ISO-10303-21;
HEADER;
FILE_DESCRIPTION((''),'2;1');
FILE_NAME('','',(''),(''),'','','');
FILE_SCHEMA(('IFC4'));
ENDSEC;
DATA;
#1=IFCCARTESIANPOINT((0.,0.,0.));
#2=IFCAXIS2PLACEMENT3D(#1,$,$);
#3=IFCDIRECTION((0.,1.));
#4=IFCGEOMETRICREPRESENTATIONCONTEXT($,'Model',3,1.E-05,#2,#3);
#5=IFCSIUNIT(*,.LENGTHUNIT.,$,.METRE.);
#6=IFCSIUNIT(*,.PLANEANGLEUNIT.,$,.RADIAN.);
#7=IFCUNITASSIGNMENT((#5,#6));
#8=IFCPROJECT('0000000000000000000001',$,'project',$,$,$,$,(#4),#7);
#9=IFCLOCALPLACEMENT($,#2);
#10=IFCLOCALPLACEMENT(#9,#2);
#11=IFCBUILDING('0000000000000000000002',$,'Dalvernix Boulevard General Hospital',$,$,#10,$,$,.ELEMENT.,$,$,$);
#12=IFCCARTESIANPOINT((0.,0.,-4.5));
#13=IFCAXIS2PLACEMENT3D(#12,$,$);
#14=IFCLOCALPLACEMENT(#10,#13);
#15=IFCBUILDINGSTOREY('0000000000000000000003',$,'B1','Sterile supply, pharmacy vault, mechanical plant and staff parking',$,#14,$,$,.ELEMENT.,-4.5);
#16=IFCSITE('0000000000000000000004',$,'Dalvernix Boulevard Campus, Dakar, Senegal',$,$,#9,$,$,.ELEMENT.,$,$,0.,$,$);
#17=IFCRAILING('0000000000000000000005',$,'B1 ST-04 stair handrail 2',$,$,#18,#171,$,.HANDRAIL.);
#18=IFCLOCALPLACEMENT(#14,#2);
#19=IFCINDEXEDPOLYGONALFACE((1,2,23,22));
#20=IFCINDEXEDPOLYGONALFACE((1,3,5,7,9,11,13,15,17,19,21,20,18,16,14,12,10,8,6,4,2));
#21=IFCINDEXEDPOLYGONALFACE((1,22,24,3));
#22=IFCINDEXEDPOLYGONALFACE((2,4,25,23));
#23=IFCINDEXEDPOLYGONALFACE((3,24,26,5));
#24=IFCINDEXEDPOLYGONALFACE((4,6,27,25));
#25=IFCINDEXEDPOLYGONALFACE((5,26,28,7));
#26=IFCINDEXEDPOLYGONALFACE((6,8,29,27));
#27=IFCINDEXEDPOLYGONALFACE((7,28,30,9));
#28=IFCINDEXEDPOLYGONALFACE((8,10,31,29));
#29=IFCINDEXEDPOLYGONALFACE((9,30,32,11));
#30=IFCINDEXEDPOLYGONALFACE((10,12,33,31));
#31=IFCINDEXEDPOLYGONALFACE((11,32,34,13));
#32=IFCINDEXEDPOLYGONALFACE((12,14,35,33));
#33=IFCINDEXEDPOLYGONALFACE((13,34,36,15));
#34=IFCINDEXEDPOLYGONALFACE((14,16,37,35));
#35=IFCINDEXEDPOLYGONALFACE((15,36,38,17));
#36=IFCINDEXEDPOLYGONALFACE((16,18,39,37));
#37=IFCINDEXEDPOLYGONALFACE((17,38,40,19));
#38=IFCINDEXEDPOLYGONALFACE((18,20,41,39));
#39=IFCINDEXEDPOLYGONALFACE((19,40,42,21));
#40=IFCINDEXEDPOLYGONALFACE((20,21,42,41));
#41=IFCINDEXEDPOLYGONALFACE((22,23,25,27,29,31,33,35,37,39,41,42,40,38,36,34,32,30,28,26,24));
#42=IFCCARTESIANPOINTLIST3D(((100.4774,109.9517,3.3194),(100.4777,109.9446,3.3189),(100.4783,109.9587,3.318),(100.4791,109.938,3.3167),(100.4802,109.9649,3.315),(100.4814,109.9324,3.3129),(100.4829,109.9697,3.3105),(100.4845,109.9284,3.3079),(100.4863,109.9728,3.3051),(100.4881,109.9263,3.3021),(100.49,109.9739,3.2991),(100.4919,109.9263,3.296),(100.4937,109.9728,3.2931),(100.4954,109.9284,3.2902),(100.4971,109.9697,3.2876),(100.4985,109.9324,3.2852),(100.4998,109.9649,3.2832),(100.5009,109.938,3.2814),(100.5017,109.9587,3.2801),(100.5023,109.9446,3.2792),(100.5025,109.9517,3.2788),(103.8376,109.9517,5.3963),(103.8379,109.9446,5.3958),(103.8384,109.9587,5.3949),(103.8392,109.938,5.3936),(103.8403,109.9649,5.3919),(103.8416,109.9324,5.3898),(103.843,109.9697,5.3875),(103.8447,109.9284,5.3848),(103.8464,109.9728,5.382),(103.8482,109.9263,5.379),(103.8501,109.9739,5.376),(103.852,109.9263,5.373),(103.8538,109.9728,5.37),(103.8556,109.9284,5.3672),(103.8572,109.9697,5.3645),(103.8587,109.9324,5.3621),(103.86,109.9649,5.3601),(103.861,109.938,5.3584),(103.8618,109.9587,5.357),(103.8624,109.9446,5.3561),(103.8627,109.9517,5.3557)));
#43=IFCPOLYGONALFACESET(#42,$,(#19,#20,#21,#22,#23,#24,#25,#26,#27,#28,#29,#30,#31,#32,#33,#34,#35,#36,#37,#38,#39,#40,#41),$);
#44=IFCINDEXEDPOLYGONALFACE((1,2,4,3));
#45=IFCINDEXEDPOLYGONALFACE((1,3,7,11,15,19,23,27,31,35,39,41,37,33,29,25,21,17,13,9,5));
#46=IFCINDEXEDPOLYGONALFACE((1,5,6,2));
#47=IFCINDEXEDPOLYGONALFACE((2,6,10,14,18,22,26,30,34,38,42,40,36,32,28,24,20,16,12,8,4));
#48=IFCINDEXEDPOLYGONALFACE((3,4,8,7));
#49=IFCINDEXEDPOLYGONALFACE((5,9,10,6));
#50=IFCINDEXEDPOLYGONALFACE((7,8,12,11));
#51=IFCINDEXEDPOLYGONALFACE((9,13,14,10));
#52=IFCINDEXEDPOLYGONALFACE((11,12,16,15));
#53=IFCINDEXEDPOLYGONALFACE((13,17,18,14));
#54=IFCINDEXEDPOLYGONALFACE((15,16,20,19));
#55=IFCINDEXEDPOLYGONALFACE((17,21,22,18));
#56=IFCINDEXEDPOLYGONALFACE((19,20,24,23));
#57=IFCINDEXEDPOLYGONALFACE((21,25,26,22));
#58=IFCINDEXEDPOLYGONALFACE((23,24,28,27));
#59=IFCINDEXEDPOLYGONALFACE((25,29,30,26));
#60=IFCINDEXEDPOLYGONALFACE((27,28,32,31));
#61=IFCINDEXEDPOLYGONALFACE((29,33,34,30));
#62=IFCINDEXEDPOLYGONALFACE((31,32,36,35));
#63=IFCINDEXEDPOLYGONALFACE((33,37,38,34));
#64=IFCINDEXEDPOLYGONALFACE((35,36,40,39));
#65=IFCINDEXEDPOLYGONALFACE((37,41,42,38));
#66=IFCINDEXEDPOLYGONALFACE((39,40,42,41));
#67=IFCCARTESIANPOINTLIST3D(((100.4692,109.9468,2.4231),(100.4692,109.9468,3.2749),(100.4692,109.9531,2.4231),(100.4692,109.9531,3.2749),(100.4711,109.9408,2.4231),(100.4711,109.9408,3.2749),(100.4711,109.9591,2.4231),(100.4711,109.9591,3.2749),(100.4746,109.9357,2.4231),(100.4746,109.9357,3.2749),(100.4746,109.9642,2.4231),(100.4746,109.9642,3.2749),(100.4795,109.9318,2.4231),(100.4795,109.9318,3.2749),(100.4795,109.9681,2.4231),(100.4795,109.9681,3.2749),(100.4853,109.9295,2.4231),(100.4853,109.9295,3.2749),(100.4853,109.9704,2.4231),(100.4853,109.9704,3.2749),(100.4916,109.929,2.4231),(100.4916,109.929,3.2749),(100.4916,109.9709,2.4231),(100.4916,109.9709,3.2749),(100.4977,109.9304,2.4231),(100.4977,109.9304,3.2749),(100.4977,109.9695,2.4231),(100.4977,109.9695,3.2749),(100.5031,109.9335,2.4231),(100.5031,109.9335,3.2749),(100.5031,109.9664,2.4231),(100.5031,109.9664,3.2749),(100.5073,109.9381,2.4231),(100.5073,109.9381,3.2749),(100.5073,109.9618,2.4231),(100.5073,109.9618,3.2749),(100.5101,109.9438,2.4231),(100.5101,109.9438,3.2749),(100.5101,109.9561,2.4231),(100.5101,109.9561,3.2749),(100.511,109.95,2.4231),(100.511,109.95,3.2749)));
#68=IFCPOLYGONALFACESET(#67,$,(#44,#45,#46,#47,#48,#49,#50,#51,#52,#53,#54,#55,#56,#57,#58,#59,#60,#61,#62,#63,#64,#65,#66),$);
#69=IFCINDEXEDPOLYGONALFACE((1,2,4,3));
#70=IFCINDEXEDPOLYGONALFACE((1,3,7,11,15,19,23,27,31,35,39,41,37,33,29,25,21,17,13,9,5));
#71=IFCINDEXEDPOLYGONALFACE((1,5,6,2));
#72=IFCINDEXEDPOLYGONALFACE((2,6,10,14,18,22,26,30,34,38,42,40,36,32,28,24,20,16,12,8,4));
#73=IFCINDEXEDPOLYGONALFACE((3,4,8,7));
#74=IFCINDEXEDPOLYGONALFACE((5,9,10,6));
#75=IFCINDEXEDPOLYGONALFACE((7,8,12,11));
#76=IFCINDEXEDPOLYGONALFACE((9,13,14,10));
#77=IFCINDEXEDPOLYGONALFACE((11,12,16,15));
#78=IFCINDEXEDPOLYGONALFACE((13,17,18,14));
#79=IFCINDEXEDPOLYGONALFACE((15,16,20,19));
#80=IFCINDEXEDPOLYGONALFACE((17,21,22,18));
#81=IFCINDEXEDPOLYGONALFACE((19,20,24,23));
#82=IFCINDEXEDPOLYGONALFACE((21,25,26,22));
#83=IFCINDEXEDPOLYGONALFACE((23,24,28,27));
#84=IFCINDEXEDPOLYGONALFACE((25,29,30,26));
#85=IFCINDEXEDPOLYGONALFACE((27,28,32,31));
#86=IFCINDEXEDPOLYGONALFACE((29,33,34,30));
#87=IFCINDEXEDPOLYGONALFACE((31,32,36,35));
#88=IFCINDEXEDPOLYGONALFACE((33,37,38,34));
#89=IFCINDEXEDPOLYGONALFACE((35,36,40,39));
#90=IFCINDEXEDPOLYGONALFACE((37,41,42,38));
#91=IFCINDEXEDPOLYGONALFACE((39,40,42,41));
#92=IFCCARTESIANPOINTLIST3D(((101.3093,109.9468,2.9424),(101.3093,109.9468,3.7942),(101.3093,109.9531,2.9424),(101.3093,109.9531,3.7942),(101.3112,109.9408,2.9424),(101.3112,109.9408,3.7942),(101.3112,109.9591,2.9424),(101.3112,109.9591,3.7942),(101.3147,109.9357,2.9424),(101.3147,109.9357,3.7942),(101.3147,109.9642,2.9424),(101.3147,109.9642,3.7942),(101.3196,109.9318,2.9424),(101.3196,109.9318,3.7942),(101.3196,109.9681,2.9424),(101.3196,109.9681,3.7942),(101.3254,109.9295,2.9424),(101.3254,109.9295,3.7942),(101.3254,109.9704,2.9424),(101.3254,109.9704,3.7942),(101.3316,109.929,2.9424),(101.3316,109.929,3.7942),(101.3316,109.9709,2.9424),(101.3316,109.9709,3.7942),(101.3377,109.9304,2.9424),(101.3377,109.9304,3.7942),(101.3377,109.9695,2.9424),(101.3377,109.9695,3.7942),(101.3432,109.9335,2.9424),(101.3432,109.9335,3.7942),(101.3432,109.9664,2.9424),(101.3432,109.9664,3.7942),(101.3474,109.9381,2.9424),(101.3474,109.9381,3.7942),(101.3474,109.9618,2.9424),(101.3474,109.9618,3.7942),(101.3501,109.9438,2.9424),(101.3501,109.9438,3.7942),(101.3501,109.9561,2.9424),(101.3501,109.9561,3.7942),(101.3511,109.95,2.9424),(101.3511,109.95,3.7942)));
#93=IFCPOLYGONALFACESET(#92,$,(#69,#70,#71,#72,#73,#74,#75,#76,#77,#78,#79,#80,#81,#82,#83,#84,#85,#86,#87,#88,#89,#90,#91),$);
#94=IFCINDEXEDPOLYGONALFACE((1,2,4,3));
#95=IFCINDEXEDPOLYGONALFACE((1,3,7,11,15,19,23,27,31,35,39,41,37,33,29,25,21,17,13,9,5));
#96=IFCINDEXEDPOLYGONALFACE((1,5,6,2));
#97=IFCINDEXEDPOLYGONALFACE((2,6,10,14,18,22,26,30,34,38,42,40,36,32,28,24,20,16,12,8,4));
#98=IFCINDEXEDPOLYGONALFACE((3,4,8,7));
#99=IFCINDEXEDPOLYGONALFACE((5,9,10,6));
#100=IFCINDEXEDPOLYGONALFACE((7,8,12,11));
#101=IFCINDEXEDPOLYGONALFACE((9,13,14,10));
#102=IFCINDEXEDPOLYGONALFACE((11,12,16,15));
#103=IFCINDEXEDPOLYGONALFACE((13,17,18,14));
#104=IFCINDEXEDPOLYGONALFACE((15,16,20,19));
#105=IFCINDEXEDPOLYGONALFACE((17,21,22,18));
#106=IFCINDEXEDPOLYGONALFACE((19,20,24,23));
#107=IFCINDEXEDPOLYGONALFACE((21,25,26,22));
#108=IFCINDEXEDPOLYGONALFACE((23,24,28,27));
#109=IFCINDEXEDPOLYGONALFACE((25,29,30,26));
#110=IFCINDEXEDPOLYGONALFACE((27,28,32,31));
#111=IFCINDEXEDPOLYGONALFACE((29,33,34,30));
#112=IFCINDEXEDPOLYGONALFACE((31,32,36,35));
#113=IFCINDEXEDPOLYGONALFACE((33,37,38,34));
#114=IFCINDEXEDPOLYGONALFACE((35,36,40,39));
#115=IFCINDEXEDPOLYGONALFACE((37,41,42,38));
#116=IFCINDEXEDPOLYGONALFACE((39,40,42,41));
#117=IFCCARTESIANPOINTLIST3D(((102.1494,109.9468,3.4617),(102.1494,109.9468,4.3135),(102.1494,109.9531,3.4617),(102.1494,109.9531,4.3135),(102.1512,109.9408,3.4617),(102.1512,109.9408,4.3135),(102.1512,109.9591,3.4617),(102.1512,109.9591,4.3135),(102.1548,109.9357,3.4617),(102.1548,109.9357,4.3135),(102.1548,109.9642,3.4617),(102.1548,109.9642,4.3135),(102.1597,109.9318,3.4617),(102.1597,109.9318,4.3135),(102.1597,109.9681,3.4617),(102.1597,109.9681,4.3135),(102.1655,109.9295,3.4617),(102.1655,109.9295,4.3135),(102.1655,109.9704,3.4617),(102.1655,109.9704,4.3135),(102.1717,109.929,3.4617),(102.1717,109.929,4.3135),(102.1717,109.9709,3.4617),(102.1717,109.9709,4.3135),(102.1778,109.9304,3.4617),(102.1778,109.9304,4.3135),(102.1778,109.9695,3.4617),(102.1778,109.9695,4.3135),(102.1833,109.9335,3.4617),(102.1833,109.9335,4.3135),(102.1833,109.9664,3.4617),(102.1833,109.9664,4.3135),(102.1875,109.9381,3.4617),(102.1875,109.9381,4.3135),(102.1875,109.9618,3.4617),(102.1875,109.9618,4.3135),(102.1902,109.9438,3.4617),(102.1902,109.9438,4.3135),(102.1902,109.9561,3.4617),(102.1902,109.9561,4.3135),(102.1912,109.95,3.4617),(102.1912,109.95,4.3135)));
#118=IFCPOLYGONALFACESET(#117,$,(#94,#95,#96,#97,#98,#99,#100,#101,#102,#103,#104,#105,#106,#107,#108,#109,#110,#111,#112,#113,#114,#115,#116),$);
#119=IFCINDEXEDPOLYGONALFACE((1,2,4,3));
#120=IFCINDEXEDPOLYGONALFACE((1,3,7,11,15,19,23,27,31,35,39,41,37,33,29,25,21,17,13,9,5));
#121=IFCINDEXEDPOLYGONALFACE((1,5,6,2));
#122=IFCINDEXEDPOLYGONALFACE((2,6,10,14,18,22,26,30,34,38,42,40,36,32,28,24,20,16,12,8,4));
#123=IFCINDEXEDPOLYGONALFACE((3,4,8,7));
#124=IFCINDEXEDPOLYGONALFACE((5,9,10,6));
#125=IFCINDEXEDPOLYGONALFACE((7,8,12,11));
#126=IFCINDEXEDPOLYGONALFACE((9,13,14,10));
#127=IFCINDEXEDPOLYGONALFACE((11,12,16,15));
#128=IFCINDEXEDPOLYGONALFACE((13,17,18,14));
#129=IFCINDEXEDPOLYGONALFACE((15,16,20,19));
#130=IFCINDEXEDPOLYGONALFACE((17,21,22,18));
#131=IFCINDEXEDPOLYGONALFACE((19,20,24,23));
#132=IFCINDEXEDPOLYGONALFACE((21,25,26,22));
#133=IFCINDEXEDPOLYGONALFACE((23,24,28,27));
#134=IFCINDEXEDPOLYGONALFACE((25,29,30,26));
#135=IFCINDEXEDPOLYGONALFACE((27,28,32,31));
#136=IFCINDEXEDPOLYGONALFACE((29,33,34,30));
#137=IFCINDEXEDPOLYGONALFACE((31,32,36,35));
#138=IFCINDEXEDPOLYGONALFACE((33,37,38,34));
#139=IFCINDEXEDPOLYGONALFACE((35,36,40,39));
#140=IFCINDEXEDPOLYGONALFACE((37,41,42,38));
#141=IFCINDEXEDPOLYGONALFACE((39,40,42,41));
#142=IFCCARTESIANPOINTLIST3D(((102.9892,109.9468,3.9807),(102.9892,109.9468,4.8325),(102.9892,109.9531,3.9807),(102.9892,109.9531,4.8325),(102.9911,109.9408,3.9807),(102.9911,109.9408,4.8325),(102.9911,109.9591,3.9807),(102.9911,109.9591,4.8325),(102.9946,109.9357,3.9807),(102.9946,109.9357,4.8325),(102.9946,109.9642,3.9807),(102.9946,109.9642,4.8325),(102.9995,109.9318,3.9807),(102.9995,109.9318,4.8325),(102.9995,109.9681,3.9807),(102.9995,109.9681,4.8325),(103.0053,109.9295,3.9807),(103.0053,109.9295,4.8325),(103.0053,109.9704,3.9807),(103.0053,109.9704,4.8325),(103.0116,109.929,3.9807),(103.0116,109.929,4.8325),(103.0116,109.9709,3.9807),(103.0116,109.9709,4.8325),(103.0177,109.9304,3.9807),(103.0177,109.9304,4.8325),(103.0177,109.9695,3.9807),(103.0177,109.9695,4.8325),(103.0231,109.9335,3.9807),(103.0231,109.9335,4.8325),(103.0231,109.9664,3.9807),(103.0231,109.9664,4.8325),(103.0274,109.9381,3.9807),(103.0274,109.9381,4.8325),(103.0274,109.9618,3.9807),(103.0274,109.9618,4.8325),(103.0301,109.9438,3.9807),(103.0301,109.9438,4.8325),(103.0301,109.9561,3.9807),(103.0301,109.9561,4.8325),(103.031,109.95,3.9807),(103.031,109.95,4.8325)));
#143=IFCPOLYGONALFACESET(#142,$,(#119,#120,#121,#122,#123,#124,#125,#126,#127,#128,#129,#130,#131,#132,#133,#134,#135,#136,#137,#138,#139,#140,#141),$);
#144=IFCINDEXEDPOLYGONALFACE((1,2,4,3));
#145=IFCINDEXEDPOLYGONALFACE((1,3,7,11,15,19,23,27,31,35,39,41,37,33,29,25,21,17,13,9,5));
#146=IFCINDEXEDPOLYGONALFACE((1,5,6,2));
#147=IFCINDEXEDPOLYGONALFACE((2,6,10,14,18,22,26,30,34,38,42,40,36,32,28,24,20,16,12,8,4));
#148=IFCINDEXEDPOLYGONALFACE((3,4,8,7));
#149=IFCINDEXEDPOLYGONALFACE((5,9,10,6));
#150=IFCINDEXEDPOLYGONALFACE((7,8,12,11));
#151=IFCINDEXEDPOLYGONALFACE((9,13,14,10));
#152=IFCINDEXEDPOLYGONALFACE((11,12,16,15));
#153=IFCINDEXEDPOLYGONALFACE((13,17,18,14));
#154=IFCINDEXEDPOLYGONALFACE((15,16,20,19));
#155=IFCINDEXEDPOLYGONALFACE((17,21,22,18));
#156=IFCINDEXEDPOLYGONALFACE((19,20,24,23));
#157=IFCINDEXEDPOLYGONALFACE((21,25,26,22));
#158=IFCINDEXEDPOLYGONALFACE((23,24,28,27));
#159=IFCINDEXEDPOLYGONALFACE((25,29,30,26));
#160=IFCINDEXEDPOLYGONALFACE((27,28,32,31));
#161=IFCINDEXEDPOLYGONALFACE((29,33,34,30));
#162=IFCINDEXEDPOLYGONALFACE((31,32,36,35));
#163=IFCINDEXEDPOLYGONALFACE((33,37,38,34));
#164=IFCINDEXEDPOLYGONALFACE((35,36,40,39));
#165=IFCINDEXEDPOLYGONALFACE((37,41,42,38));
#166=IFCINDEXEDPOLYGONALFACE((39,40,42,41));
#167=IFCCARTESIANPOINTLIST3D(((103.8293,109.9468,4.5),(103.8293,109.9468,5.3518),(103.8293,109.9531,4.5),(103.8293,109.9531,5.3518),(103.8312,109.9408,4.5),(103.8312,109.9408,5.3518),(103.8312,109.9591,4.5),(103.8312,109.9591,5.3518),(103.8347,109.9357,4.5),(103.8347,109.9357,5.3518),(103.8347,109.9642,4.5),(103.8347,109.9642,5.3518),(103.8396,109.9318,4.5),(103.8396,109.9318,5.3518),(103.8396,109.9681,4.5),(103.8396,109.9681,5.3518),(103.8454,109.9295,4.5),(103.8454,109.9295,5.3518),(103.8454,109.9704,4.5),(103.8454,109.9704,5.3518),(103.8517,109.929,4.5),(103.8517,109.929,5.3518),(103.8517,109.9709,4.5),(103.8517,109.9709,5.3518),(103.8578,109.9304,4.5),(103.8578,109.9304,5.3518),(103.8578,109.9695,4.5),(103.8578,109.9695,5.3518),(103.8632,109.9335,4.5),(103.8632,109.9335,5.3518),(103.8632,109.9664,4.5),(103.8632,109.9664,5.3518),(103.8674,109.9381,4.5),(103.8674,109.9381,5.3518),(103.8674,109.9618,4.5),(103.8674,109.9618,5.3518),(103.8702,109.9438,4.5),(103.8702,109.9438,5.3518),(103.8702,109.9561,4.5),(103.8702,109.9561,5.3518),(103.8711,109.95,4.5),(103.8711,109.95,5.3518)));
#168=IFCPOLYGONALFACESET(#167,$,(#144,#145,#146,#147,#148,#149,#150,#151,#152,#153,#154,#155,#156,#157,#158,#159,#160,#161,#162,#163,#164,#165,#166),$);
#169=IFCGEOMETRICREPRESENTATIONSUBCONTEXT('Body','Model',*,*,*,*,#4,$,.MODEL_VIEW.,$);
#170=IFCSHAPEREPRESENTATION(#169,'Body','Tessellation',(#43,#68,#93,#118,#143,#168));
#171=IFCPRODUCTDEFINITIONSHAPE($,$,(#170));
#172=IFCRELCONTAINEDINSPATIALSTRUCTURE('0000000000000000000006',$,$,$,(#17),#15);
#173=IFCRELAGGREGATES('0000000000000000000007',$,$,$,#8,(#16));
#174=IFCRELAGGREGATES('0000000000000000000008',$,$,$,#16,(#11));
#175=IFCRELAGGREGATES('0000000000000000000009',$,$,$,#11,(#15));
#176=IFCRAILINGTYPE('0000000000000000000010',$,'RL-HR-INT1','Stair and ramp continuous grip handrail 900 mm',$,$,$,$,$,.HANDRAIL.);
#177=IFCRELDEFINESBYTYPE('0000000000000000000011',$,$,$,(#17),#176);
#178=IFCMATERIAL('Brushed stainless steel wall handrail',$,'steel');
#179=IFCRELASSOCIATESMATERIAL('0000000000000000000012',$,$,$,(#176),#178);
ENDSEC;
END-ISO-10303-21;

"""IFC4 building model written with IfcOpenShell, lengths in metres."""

from ifc_helpers import new_model, si_unit, direction, frame, origin, origin_2d, place, context, subcontext, project, spatial, circle, extrude, material, type_object, element, save


model = new_model("IFC4")

# Units and contexts
model_context = context("Model", 3, precision=1e-05, world=origin(), true_north=direction((0.0, 1.0)))
body_context = subcontext(model_context, "Body", "Model", "MODEL_VIEW")
ifc_project = project(units=[si_unit("LENGTHUNIT", "METRE"), si_unit("PLANEANGLEUNIT", "RADIAN")], contexts=[model_context])

# Site, building, storey
site_placement = place(None, origin())
site = spatial("IfcSite", under=ifc_project, at=site_placement, Name="Dalvernix Boulevard Campus, Dakar, Senegal", CompositionType="ELEMENT", RefElevation=0.0)
building_placement = place(site_placement, origin())
building = spatial("IfcBuilding", under=site, at=building_placement, Name="Dalvernix Boulevard General Hospital", CompositionType="ELEMENT")
storey_placement = place(building_placement, frame((0.0, 0.0, -4.5)))
storey = spatial("IfcBuildingStorey", under=building, at=storey_placement, Name="B1", Description="Sterile supply, pharmacy vault, mechanical plant and staff parking", CompositionType="ELEMENT", Elevation=-4.5)

# Railing
ifc_material_1 = material(Name="Brushed stainless steel wall handrail", Category="steel")
railing_type_1 = type_object("IfcRailingType", Name="RL-HR-INT1", Description="Stair and ramp continuous grip handrail 900 mm", PredefinedType="HANDRAIL", material=ifc_material_1)
railing_1_placement = place(storey_placement, frame((100.49, 109.95, 2.4231)))
element("IfcRailing", 1, at=railing_1_placement, inside=storey, type_object=railing_type_1, Name="B1 ST-04 stair handrail 2", PredefinedType="HANDRAIL", context=body_context, shape_type="SweptSolid", body=[
    extrude(circle(Radius=0.0239, at=origin_2d()), frame((0.0, 0.0, 0.876), z_axis=(0.850623, 0.0, 0.525776), x_axis=(0.0, 1.0, 0.0)), (0.0, 0.0, 1.0), 3.9502),
    extrude(circle(Radius=0.021, at=origin_2d()), origin(), (0.0, 0.0, 1.0), 0.8518),
    extrude(circle(Radius=0.021, at=origin_2d()), frame((0.8401, 0.0, 0.5193)), (0.0, 0.0, 1.0), 0.8518),
    extrude(circle(Radius=0.021, at=origin_2d()), frame((1.6802, 0.0, 1.0386)), (0.0, 0.0, 1.0), 0.8518),
    extrude(circle(Radius=0.021, at=origin_2d()), frame((2.52, 0.0, 1.5576)), (0.0, 0.0, 1.0), 0.8518),
    extrude(circle(Radius=0.021, at=origin_2d()), frame((3.3601, 0.0, 2.0769)), (0.0, 0.0, 1.0), 0.8518),
])

save(model, "model.ifc")
